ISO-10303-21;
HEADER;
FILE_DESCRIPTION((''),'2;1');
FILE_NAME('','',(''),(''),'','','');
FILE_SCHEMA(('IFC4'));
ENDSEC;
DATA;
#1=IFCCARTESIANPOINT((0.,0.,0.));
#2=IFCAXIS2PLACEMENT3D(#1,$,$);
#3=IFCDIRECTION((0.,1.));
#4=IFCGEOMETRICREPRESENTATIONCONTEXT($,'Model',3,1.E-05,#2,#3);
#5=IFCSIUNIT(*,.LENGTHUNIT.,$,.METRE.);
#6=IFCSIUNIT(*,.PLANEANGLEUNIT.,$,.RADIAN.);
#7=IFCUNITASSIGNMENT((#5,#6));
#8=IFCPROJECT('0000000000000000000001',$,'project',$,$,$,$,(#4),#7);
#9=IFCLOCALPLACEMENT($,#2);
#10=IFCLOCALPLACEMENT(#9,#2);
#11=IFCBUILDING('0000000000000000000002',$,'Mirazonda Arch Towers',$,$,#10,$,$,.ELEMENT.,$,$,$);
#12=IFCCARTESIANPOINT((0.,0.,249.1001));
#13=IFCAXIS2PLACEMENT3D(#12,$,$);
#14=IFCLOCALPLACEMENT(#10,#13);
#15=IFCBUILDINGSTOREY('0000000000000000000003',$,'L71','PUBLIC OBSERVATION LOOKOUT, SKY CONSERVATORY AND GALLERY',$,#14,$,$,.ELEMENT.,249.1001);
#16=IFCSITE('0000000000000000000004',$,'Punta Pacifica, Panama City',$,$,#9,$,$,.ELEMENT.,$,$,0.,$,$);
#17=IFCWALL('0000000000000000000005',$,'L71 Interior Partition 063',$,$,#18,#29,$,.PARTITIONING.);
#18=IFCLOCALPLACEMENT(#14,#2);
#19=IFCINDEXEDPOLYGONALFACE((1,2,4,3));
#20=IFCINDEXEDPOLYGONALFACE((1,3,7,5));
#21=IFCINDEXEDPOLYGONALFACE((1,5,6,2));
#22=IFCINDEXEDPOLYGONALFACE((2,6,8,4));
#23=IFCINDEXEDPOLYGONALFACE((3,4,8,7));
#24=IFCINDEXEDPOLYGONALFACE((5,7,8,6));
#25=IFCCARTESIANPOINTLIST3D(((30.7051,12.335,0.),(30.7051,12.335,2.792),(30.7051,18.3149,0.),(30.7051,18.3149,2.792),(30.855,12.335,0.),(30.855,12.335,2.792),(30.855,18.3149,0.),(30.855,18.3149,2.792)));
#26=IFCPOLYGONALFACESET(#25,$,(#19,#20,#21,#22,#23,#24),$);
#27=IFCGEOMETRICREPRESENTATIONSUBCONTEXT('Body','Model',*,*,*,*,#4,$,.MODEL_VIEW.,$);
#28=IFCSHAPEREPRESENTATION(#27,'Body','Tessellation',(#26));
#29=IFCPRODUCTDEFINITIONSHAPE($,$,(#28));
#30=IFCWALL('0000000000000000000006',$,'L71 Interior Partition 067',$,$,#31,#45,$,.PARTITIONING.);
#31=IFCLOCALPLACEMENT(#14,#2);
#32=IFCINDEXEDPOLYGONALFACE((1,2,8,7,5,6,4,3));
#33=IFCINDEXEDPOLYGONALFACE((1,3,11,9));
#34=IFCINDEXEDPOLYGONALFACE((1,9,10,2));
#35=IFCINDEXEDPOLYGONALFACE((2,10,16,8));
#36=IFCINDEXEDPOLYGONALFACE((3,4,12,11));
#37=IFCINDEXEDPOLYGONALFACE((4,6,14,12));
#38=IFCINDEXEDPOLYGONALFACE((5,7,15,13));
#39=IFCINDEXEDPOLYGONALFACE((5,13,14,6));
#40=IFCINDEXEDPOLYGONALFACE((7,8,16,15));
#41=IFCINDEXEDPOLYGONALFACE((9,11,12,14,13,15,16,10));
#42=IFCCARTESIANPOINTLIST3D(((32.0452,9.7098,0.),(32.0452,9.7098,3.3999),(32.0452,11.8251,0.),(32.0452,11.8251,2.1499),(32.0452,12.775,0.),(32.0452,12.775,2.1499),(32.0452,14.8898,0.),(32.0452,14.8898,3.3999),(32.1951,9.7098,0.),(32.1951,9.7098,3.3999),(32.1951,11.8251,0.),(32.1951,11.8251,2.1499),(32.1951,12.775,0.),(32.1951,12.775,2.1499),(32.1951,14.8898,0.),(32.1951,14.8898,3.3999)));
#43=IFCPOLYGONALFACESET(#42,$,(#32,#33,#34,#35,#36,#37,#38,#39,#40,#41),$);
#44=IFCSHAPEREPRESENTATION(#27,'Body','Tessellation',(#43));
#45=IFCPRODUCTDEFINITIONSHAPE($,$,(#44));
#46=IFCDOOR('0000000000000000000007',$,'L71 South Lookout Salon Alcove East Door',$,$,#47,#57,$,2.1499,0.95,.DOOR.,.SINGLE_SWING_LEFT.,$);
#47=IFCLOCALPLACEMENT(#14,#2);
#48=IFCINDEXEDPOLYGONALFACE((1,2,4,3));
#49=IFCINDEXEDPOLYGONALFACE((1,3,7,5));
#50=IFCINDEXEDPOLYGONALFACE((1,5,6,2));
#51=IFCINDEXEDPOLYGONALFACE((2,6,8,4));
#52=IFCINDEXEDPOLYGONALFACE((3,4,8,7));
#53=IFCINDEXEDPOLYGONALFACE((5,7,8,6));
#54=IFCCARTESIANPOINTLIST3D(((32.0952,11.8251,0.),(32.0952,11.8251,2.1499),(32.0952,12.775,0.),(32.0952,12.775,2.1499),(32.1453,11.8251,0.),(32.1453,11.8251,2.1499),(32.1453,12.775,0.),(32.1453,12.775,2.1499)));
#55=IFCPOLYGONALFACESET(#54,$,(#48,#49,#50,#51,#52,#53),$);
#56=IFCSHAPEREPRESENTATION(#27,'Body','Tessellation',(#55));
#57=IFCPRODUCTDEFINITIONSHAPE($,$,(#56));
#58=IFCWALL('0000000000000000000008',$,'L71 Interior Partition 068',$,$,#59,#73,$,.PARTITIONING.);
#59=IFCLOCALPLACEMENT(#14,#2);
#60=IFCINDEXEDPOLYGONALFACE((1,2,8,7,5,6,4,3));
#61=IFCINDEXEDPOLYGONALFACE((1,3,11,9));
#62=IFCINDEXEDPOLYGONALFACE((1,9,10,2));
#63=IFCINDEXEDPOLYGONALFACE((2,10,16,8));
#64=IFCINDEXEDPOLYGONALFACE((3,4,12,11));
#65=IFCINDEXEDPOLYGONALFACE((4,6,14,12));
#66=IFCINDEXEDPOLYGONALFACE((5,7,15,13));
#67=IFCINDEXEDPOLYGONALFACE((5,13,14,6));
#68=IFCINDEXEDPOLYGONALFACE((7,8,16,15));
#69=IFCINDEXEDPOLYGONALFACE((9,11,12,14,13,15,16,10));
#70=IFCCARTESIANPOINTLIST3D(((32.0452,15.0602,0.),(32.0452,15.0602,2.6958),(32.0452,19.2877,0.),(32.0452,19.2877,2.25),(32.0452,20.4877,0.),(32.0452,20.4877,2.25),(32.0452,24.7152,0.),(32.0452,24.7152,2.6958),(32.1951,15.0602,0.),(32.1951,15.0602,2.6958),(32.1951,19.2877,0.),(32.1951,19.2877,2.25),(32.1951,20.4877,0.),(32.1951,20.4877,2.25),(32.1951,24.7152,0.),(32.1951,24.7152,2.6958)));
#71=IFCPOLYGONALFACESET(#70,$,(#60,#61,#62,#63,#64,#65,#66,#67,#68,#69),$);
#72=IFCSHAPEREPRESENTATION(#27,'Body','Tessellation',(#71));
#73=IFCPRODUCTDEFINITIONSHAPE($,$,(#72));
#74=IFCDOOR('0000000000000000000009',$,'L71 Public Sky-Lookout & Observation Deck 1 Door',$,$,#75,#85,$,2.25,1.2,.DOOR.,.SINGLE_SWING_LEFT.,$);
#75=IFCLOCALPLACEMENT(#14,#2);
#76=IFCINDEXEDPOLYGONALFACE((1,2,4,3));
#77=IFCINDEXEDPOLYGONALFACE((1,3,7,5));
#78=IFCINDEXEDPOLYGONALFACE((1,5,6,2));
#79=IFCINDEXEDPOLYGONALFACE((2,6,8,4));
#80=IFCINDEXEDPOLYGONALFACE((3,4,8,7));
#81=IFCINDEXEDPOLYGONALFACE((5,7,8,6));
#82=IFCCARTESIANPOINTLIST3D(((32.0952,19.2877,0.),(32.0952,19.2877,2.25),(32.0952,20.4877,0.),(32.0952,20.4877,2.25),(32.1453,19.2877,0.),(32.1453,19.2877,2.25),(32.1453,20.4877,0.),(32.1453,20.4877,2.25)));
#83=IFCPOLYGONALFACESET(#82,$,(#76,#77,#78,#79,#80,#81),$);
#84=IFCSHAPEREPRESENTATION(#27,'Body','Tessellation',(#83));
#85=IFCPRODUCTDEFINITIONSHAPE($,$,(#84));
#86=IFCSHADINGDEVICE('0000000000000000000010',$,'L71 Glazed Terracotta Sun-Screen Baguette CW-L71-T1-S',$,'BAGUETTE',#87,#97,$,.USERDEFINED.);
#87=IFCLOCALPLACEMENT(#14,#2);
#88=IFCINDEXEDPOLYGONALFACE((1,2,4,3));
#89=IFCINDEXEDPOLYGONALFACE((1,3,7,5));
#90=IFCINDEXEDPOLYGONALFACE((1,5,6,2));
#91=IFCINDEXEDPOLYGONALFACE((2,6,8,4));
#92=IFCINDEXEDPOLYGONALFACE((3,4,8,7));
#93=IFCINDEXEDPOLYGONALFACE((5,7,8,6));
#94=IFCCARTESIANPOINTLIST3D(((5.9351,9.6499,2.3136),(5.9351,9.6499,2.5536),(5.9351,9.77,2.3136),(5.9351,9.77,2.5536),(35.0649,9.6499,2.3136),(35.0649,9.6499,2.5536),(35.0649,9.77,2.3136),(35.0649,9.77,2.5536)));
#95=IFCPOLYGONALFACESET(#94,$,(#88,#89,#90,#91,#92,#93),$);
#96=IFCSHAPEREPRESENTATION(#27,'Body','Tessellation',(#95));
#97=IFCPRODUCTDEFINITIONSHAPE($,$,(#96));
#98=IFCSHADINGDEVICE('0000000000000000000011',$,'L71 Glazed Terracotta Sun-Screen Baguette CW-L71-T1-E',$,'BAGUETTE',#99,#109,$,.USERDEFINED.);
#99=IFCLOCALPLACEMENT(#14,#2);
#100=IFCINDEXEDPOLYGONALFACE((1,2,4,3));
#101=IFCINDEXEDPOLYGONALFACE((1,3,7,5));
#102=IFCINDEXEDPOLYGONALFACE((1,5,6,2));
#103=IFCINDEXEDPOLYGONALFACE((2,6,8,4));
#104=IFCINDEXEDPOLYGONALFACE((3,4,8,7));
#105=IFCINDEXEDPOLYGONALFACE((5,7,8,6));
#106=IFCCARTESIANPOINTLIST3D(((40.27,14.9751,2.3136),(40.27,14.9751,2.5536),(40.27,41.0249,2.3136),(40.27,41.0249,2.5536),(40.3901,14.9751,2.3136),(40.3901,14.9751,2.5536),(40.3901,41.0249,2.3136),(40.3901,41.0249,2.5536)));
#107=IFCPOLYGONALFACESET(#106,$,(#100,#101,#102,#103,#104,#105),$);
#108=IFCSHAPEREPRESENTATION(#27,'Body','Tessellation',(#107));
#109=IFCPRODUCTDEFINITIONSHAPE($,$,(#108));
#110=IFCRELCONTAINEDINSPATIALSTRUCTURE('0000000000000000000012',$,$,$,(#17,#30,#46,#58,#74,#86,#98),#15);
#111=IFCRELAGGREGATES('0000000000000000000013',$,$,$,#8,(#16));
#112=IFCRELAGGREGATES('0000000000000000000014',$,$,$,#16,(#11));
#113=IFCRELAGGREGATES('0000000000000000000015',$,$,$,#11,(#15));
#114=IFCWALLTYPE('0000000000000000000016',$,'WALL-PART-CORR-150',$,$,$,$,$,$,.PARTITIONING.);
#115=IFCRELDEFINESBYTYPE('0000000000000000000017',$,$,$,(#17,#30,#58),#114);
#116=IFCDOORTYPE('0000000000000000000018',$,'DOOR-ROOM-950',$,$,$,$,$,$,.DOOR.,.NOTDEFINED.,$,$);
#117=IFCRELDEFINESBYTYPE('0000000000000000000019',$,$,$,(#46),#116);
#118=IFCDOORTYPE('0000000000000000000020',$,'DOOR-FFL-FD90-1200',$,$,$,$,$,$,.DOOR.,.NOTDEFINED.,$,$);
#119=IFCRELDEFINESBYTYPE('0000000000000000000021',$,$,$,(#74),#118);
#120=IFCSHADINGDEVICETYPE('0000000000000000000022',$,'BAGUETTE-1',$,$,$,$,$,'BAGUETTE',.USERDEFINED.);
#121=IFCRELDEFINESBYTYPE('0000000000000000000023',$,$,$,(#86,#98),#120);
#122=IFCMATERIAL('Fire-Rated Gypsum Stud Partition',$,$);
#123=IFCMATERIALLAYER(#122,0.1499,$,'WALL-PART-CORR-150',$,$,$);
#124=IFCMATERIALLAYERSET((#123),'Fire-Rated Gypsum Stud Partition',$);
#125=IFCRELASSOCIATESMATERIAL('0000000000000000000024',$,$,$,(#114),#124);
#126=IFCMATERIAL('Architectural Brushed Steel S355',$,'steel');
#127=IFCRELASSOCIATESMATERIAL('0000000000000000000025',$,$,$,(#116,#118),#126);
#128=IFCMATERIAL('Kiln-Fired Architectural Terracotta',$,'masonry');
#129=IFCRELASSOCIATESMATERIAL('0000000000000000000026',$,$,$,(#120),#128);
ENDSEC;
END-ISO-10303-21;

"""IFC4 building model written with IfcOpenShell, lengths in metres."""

from ifc_helpers import new_model, si_unit, direction, frame, frame_2d, origin, origin_2d, place, context, subcontext, project, spatial, rectangle, extrude, material, layer, layer_set, material_profile, profile_set, type_object, element, fill, save


model = new_model("IFC4")

# Units and contexts
model_context = context("Model", 3, precision=1e-05, world=origin(), true_north=direction((0.0, 1.0)))
body_context = subcontext(model_context, "Body", "Model", "MODEL_VIEW")
ifc_project = project(units=[si_unit("LENGTHUNIT", "METRE"), si_unit("PLANEANGLEUNIT", "RADIAN")], contexts=[model_context])

# Site, building, storey
site_placement = place(None, origin())
site = spatial("IfcSite", under=ifc_project, at=site_placement, Name="Punta Pacifica, Panama City", CompositionType="ELEMENT", RefElevation=0.0)
building_placement = place(site_placement, origin())
building = spatial("IfcBuilding", under=site, at=building_placement, Name="Mirazonda Arch Towers", CompositionType="ELEMENT")
storey_placement = place(building_placement, frame((0.0, 0.0, 249.1001)))
storey = spatial("IfcBuildingStorey", under=building, at=storey_placement, Name="L71", Description="PUBLIC OBSERVATION LOOKOUT, SKY CONSERVATORY AND GALLERY", CompositionType="ELEMENT", Elevation=249.1001)

# Wall
ifc_material_1 = material(Name="Fire-Rated Gypsum Stud Partition")
ifc_layer_1 = layer(ifc_material_1, 0.1499, Name="WALL-PART-CORR-150")
ifc_layer_set_1 = layer_set([ifc_layer_1], Name="Fire-Rated Gypsum Stud Partition")
wall_type_1 = type_object("IfcWallType", Name="WALL-PART-CORR-150", PredefinedType="PARTITIONING", material=ifc_layer_set_1)
wall_1_placement = place(storey_placement, frame((30.78, 12.335, 0.0), z_axis=(0.0, 0.0, 1.0), x_axis=(0.0, 1.0, 0.0)))
element("IfcWall", 1, at=wall_1_placement, inside=storey, type_object=wall_type_1, Name="L71 Interior Partition 063", PredefinedType="PARTITIONING", context=body_context, shape_type="SweptSolid", body=[
    extrude(rectangle(XDim=5.98, YDim=0.1499, at=frame_2d((2.99, 0.0))), origin(), (0.0, 0.0, 1.0), 2.792),
])

# Walls, openings, doors
wall_2_placement = place(storey_placement, frame((32.1201, 9.71, 0.0), z_axis=(0.0, 0.0, 1.0), x_axis=(0.0, 1.0, 0.0)))
wall_2 = element("IfcWall", 2, at=wall_2_placement, inside=storey, type_object=wall_type_1, Name="L71 Interior Partition 067", PredefinedType="PARTITIONING", context=body_context, shape_type="SweptSolid", body=[
    extrude(rectangle(XDim=5.1799, YDim=0.1499, at=frame_2d((2.5898, 0.0))), origin(), (0.0, 0.0, 1.0), 3.3999),
])
opening_1_placement = place(wall_2_placement, frame((2.115, 0.0, 0.0)))
opening_1 = element("IfcOpeningElement", 3, at=opening_1_placement, cuts=wall_2, PredefinedType="OPENING", context=body_context, shape_type="SweptSolid", body=[
    extrude(rectangle(XDim=0.95, YDim=2.1499, at=frame_2d((0.4751, 1.075))), frame((0.0, 0.085, 0.0), z_axis=(0.0, -1.0, 0.0), x_axis=(1.0, 0.0, 0.0)), (0.0, 0.0, 1.0), 0.1699),
])
ifc_material_2 = material(Name="Architectural Brushed Steel S355", Category="steel")
door_type_1 = type_object("IfcDoorType", Name="DOOR-ROOM-950", OperationType="NOTDEFINED", PredefinedType="DOOR", material=ifc_material_2)
door_1_placement = place(opening_1_placement, origin())
door_1 = element("IfcDoor", 4, at=door_1_placement, inside=storey, type_object=door_type_1, Name="L71 South Lookout Salon Alcove East Door", OperationType="SINGLE_SWING_LEFT", OverallHeight=2.1499, OverallWidth=0.95, PredefinedType="DOOR", context=body_context, shape_type="SweptSolid", body=[
    extrude(rectangle(XDim=0.95, YDim=2.1499, at=frame_2d((0.4751, 1.075))), frame((0.0, 0.0249, 0.0), z_axis=(0.0, -1.0, 0.0), x_axis=(1.0, 0.0, 0.0)), (0.0, 0.0, 1.0), 0.05),
])
fill(opening_1, door_1)
wall_3_placement = place(storey_placement, frame((32.1201, 15.0601, 0.0), z_axis=(0.0, 0.0, 1.0), x_axis=(0.0, 1.0, 0.0)))
wall_3 = element("IfcWall", 5, at=wall_3_placement, inside=storey, type_object=wall_type_1, Name="L71 Interior Partition 068", PredefinedType="PARTITIONING", context=body_context, shape_type="SweptSolid", body=[
    extrude(rectangle(XDim=9.655, YDim=0.1499, at=frame_2d((4.8276, 0.0))), origin(), (0.0, 0.0, 1.0), 2.6958),
])
opening_2_placement = place(wall_3_placement, frame((4.2275, 0.0, 0.0)))
opening_2 = element("IfcOpeningElement", 6, at=opening_2_placement, cuts=wall_3, PredefinedType="OPENING", context=body_context, shape_type="SweptSolid", body=[
    extrude(rectangle(XDim=1.2, YDim=2.25, at=frame_2d((0.6001, 1.125))), frame((0.0, 0.085, 0.0), z_axis=(0.0, -1.0, 0.0), x_axis=(1.0, 0.0, 0.0)), (0.0, 0.0, 1.0), 0.1699),
])
door_type_2 = type_object("IfcDoorType", Name="DOOR-FFL-FD90-1200", OperationType="NOTDEFINED", PredefinedType="DOOR", material=ifc_material_2)
door_2_placement = place(opening_2_placement, origin())
door_2 = element("IfcDoor", 7, at=door_2_placement, inside=storey, type_object=door_type_2, Name="L71 Public Sky-Lookout & Observation Deck 1 Door", OperationType="SINGLE_SWING_LEFT", OverallHeight=2.25, OverallWidth=1.2, PredefinedType="DOOR", context=body_context, shape_type="SweptSolid", body=[
    extrude(rectangle(XDim=1.2, YDim=2.25, at=frame_2d((0.6001, 1.125))), frame((0.0, 0.0249, 0.0), z_axis=(0.0, -1.0, 0.0), x_axis=(1.0, 0.0, 0.0)), (0.0, 0.0, 1.0), 0.05),
])
fill(opening_2, door_2)

# Shading devices
ifc_material_3 = material(Name="Kiln-Fired Architectural Terracotta", Category="masonry")
ifc_material_profile_1 = material_profile(ifc_material_3, rectangle(XDim=0.1201, YDim=0.24, at=origin_2d()), Name="TERRA-BAG-120x240")
ifc_profile_set_1 = profile_set([ifc_material_profile_1], Name="Kiln-Fired Architectural Terracotta")
shading_device_type = type_object("IfcShadingDeviceType", Name="BAGUETTE-1", ElementType="BAGUETTE", PredefinedType="USERDEFINED", material=ifc_profile_set_1)
shading_device_1_placement = place(storey_placement, frame((35.0649, 9.71, 2.4336), z_axis=(-1.0, 0.0, 0.0), x_axis=(0.0, -1.0, 0.0)))
element("IfcShadingDevice", 8, at=shading_device_1_placement, inside=storey, type_object=shading_device_type, Name="L71 Glazed Terracotta Sun-Screen Baguette CW-L71-T1-S", ObjectType="BAGUETTE", PredefinedType="USERDEFINED", context=body_context, shape_type="SweptSolid", body=[
    extrude(rectangle(XDim=0.1201, YDim=0.24, at=origin_2d()), origin(), (0.0, 0.0, 1.0), 29.1299),
])
shading_device_2_placement = place(storey_placement, frame((40.3301, 14.9751, 2.4336), z_axis=(0.0, 1.0, 0.0), x_axis=(-1.0, 0.0, 0.0)))
element("IfcShadingDevice", 9, at=shading_device_2_placement, inside=storey, type_object=shading_device_type, Name="L71 Glazed Terracotta Sun-Screen Baguette CW-L71-T1-E", ObjectType="BAGUETTE", PredefinedType="USERDEFINED", context=body_context, shape_type="SweptSolid", body=[
    extrude(rectangle(XDim=0.1201, YDim=0.24, at=origin_2d()), origin(), (0.0, 0.0, 1.0), 26.0498),
])

save(model, "model.ifc")
